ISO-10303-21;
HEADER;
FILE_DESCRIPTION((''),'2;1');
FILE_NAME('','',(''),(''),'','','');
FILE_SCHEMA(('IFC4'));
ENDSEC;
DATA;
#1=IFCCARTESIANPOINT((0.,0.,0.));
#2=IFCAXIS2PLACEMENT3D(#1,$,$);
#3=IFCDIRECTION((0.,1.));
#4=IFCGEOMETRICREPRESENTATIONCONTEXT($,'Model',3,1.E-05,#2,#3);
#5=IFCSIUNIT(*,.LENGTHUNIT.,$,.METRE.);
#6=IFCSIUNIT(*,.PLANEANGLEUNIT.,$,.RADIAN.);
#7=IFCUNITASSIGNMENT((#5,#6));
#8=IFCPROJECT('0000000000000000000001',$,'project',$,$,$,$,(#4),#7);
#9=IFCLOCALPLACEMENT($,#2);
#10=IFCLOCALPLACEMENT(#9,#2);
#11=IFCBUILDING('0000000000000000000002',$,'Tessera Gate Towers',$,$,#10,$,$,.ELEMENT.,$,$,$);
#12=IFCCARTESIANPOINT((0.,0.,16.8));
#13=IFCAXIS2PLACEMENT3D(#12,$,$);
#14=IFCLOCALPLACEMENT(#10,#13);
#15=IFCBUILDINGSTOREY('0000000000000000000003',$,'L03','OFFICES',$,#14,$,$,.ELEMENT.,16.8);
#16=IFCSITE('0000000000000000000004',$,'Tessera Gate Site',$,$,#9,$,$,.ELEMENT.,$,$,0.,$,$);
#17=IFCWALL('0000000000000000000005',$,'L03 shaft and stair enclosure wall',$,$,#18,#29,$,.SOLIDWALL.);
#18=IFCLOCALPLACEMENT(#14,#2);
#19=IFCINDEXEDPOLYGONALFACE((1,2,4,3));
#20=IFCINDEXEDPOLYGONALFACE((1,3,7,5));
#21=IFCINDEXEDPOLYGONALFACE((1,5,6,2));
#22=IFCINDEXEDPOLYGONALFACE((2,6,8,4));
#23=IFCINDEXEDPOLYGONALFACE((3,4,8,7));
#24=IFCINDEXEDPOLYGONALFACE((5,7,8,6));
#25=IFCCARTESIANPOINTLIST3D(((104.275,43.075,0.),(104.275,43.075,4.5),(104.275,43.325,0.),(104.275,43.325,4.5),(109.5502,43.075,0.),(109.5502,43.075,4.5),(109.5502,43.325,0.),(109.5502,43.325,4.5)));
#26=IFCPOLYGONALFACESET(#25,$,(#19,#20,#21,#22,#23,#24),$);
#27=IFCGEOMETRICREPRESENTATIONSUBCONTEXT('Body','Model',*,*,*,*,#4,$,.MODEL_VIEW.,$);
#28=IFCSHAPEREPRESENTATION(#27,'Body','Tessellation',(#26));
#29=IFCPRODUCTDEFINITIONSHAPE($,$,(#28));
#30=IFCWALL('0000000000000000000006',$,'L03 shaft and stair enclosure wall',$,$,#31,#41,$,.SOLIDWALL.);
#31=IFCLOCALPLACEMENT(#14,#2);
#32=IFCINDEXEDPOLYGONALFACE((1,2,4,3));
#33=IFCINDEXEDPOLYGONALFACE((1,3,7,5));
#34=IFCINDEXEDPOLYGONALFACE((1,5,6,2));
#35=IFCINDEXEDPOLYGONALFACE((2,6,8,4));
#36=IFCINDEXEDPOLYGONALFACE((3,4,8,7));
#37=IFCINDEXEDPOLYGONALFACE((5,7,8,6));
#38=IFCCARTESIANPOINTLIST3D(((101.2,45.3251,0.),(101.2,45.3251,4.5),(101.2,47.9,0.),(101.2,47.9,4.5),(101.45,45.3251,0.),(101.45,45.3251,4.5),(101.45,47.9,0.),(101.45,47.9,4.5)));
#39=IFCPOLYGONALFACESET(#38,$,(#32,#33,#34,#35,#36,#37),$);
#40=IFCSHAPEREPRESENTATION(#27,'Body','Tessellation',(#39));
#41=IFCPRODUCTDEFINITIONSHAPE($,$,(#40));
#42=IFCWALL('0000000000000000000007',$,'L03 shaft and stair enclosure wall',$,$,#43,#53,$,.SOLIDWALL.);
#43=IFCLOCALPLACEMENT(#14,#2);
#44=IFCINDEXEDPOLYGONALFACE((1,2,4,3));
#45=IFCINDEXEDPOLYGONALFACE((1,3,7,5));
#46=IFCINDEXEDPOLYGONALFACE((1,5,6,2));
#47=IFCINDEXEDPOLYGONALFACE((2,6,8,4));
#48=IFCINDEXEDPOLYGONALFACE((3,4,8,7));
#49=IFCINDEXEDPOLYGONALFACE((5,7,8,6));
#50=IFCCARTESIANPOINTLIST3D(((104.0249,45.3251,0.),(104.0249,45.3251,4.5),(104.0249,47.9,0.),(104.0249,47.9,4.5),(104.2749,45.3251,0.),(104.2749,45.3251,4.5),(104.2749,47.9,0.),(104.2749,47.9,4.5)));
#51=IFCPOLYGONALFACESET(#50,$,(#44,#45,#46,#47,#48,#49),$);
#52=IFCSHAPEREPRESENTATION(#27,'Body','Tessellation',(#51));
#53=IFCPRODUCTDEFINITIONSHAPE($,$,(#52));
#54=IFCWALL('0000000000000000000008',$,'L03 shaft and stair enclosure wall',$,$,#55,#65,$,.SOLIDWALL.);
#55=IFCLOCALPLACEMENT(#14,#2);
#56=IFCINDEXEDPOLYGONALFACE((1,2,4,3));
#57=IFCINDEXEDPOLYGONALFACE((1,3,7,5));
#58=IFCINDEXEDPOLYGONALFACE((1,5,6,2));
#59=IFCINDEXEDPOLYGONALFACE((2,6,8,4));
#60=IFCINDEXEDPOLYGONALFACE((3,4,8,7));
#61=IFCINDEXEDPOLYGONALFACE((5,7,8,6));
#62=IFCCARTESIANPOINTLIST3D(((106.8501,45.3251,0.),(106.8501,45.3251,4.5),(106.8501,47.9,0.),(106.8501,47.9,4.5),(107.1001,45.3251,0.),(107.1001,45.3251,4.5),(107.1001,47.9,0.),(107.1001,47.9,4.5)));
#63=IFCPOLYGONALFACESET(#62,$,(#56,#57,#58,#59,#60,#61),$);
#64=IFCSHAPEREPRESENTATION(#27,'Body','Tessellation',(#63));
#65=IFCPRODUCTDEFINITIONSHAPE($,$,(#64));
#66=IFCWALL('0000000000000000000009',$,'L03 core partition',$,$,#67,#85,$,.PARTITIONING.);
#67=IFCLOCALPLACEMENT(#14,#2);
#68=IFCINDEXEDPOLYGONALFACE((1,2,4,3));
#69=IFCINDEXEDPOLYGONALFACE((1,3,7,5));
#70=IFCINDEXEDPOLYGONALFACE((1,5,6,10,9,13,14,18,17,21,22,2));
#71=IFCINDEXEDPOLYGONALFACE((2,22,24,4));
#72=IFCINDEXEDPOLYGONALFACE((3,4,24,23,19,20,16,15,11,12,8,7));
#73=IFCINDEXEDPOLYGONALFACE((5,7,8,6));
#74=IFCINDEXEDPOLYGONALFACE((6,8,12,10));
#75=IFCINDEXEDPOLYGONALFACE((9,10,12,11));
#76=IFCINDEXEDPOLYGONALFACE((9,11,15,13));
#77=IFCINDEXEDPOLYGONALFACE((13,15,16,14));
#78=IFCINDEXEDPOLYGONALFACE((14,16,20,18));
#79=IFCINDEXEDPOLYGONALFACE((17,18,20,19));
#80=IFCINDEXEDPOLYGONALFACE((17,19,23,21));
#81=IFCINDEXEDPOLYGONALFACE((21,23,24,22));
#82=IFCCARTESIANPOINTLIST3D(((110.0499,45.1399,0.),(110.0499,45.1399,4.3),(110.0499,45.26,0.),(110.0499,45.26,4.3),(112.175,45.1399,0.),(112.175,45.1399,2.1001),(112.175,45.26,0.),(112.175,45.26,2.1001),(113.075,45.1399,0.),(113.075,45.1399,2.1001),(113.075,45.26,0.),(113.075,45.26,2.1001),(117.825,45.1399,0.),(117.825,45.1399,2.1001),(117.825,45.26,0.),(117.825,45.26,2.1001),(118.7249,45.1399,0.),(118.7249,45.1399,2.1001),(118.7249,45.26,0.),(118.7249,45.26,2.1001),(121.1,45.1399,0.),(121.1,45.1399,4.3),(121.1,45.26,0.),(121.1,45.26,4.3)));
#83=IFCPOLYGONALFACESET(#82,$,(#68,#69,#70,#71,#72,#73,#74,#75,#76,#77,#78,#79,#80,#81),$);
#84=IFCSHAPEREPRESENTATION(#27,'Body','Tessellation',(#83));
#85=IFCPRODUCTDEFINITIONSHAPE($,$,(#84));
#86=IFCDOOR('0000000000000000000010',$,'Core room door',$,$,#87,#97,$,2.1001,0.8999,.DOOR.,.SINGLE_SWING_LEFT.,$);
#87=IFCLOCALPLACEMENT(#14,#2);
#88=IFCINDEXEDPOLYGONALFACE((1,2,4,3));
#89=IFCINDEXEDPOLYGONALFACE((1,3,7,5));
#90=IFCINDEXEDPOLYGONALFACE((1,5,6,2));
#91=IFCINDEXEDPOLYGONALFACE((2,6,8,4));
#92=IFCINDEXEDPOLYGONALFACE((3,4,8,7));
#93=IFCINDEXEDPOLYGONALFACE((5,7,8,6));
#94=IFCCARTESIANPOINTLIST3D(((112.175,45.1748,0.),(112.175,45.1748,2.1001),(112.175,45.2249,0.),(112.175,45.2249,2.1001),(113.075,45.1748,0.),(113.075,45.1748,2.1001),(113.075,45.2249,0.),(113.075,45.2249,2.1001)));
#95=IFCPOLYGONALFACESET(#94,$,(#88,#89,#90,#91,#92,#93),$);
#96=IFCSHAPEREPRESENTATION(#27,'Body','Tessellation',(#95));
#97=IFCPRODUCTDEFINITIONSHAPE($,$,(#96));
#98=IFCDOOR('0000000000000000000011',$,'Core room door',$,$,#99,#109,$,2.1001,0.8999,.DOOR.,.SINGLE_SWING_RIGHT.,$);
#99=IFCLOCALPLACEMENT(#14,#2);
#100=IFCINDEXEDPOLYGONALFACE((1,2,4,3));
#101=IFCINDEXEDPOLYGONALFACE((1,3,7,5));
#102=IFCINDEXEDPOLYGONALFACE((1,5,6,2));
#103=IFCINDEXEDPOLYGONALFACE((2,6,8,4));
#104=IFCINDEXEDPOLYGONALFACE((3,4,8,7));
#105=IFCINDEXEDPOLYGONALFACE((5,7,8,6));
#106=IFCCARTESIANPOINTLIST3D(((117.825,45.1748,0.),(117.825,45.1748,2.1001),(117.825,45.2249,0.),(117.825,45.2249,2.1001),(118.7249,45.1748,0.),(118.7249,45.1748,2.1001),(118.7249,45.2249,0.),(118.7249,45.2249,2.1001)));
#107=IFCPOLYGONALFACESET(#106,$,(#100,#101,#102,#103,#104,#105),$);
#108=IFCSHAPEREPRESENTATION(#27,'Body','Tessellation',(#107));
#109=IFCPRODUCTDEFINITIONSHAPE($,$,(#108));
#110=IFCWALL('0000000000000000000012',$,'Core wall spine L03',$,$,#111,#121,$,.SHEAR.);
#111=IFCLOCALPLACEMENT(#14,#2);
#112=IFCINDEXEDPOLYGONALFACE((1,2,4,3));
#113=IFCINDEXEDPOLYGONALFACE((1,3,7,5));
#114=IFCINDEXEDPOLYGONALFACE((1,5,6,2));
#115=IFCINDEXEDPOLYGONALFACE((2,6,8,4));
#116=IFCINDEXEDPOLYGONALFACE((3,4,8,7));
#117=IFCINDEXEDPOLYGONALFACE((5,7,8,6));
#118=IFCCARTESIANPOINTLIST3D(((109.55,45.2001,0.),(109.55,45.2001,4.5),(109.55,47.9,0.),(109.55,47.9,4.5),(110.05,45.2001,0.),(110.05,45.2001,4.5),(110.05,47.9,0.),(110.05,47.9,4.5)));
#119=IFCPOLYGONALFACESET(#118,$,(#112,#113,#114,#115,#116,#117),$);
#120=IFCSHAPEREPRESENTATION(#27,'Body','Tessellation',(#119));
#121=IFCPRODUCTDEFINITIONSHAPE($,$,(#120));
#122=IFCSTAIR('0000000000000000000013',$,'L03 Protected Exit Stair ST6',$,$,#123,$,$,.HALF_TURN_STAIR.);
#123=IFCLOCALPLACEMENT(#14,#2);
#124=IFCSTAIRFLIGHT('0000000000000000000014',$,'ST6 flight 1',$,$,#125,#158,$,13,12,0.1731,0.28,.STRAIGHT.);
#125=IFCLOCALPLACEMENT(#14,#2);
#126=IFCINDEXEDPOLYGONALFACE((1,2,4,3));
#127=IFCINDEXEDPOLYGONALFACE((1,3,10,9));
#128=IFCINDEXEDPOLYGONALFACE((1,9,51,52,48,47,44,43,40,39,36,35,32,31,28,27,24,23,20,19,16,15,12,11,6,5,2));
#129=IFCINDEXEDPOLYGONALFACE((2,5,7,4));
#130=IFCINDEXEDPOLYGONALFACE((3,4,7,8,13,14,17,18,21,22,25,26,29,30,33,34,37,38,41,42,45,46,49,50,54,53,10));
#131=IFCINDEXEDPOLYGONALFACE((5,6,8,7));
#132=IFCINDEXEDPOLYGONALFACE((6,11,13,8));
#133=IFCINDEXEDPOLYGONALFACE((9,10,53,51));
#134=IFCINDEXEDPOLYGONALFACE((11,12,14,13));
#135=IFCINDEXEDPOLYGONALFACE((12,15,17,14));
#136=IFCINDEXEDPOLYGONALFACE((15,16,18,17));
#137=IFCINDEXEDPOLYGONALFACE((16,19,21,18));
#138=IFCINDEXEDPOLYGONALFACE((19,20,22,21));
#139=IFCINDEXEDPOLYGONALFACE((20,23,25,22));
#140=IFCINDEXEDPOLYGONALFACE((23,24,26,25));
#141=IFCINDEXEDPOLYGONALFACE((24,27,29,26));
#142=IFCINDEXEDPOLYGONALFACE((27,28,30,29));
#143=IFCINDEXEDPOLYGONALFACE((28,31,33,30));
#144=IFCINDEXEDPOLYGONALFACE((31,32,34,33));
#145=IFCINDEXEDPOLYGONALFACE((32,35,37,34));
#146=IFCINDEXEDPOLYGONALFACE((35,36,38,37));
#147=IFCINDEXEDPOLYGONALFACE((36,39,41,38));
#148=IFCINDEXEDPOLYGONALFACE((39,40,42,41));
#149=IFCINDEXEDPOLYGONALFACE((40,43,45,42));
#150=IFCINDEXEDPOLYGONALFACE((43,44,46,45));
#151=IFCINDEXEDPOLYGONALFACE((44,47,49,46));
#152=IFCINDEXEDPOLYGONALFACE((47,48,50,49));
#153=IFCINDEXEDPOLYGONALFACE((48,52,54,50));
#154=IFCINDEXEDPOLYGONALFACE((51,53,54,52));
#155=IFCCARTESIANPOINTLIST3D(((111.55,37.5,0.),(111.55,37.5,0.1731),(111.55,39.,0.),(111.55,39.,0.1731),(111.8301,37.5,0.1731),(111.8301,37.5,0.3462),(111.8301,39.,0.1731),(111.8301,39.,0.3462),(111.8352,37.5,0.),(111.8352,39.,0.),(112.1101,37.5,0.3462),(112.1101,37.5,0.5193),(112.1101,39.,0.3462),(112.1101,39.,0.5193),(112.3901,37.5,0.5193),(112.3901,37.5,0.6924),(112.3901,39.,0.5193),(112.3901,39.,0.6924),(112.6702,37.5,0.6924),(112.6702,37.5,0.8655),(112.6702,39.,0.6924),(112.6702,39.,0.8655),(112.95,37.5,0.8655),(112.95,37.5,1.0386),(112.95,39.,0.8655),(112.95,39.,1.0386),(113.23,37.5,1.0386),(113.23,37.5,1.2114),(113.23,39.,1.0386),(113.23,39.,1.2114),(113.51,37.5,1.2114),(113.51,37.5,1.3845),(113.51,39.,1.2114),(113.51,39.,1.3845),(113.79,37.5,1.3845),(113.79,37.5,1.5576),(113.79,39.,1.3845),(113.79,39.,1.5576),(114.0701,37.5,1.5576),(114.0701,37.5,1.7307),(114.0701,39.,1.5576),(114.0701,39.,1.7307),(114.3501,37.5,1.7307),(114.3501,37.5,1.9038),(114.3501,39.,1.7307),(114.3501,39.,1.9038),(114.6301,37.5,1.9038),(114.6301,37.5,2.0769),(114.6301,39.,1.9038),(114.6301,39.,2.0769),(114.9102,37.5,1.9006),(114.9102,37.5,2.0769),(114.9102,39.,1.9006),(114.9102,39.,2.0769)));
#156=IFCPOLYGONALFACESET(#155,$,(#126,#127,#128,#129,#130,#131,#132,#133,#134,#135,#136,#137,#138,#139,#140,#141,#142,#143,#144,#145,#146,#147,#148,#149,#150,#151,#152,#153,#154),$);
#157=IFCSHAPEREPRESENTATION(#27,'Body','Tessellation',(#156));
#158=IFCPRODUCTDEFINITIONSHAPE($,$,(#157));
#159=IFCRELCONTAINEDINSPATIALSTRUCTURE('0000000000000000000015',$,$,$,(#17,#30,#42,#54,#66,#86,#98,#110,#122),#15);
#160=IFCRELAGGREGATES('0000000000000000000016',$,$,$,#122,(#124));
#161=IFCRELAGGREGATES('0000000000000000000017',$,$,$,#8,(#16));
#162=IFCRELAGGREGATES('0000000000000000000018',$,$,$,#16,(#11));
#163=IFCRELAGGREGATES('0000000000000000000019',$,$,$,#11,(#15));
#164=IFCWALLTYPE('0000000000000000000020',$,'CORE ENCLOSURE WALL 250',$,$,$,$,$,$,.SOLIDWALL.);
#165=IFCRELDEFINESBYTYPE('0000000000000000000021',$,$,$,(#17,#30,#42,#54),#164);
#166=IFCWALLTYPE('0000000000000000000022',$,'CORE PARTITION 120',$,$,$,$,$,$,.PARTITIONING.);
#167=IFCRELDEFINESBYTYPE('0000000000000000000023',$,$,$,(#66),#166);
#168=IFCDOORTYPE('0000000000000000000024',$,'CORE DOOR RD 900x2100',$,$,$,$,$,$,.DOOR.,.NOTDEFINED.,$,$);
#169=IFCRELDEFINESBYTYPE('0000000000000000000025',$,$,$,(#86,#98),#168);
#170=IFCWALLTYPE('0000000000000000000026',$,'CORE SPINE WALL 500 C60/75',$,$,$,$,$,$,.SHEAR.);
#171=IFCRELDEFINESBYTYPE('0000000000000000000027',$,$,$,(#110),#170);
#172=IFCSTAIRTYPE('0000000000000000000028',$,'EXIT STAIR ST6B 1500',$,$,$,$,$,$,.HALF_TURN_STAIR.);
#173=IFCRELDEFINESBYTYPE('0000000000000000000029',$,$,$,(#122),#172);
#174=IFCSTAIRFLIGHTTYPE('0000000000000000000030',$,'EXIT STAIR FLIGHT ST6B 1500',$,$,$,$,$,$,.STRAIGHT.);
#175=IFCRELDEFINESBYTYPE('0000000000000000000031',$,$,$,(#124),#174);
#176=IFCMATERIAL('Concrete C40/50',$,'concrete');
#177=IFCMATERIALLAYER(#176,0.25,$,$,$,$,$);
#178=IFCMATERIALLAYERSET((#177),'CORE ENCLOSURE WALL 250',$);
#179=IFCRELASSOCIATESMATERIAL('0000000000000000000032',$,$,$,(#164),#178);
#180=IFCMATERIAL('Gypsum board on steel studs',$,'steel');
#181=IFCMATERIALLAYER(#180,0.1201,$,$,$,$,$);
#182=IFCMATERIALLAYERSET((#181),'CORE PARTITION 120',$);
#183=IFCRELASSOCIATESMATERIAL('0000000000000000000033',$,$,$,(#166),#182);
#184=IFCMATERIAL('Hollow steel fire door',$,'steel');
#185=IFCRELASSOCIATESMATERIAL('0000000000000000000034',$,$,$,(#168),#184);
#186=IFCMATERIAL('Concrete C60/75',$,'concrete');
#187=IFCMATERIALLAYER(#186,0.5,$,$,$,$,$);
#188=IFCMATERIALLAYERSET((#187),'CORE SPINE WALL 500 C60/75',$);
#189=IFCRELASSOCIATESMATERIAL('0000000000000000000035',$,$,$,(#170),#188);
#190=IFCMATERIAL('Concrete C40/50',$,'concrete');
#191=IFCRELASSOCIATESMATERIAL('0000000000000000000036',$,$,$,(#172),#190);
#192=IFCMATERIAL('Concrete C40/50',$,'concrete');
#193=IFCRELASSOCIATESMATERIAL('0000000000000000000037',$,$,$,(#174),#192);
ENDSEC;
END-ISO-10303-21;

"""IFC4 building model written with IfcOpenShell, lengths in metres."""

from ifc_helpers import new_model, si_unit, direction, frame, frame_2d, origin, place, context, subcontext, project, spatial, polyline, rectangle, outline, extrude, source, transform, mapped, material, layer, layer_set, type_object, element, fill, aggregate, save


model = new_model("IFC4")

# Units and contexts
model_context = context("Model", 3, precision=1e-05, world=origin(), true_north=direction((0.0, 1.0)))
body_context = subcontext(model_context, "Body", "Model", "MODEL_VIEW")
ifc_project = project(units=[si_unit("LENGTHUNIT", "METRE"), si_unit("PLANEANGLEUNIT", "RADIAN")], contexts=[model_context])

# Site, building, storey
site_placement = place(None, origin())
site = spatial("IfcSite", under=ifc_project, at=site_placement, Name="Tessera Gate Site", CompositionType="ELEMENT", RefElevation=0.0)
building_placement = place(site_placement, origin())
building = spatial("IfcBuilding", under=site, at=building_placement, Name="Tessera Gate Towers", CompositionType="ELEMENT")
storey_placement = place(building_placement, frame((0.0, 0.0, 16.8)))
storey = spatial("IfcBuildingStorey", under=building, at=storey_placement, Name="L03", Description="OFFICES", CompositionType="ELEMENT", Elevation=16.8)

# Shared definitions
ifc_material_1 = material(Name="Concrete C40/50", Category="concrete")
ifc_layer_1 = layer(ifc_material_1, 0.25)
ifc_layer_set_1 = layer_set([ifc_layer_1], Name="CORE ENCLOSURE WALL 250")
wall_type_1 = type_object("IfcWallType", Name="CORE ENCLOSURE WALL 250", PredefinedType="SOLIDWALL", material=ifc_layer_set_1)

# Walls
wall_1_placement = place(storey_placement, frame((104.2749, 43.2, 0.0), z_axis=(0.0, 0.0, 1.0), x_axis=(1.0, 0.0, 0.0)))
element("IfcWall", 1, at=wall_1_placement, inside=storey, type_object=wall_type_1, Name="L03 shaft and stair enclosure wall", PredefinedType="SOLIDWALL", context=body_context, shape_type="SweptSolid", body=[
    extrude(rectangle(XDim=5.2751, YDim=0.25, at=frame_2d((2.6377, 0.0))), origin(), (0.0, 0.0, 1.0), 4.5),
])
for number, where, z_axis, x_axis, name in (
    (2, (101.325, 45.325, 0.0), (0.0, 0.0, 1.0), (0.0, 1.0, 0.0), "L03 shaft and stair enclosure wall"),
    (3, (104.1499, 45.325, 0.0), (0.0, 0.0, 1.0), (0.0, 1.0, 0.0), "L03 shaft and stair enclosure wall"),
    (4, (106.9751, 45.325, 0.0), (0.0, 0.0, 1.0), (0.0, 1.0, 0.0), "L03 shaft and stair enclosure wall"),
):
    element("IfcWall", number, at=place(storey_placement, frame(where, z_axis=z_axis, x_axis=x_axis)), inside=storey, type_object=wall_type_1, Name=name, PredefinedType="SOLIDWALL", context=body_context, shape_type="SweptSolid", body=[
        extrude(rectangle(XDim=2.575, YDim=0.25, at=frame_2d((1.2876, 0.0))), origin(), (0.0, 0.0, 1.0), 4.5),
    ])

# Wall, openings, doors
ifc_material_2 = material(Name="Gypsum board on steel studs", Category="steel")
ifc_layer_2 = layer(ifc_material_2, 0.1201)
ifc_layer_set_2 = layer_set([ifc_layer_2], Name="CORE PARTITION 120")
wall_type_2 = type_object("IfcWallType", Name="CORE PARTITION 120", PredefinedType="PARTITIONING", material=ifc_layer_set_2)
wall_2_placement = place(storey_placement, frame((110.05, 45.2, 0.0), z_axis=(0.0, 0.0, 1.0), x_axis=(1.0, 0.0, 0.0)))
wall_2 = element("IfcWall", 5, at=wall_2_placement, inside=storey, type_object=wall_type_2, Name="L03 core partition", PredefinedType="PARTITIONING", context=body_context, shape_type="SweptSolid", body=[
    extrude(rectangle(XDim=11.05, YDim=0.1201, at=frame_2d((5.5249, 0.0))), origin(), (0.0, 0.0, 1.0), 4.3),
])
shared_shape_1 = source(origin(), body_context, "Body", "SweptSolid", [
    extrude(rectangle(XDim=0.8999, YDim=2.1001, at=frame_2d((0.45, 1.05))), frame((0.0, 0.0701, 0.0), z_axis=(0.0, -1.0, 0.0), x_axis=(1.0, 0.0, 0.0)), (0.0, 0.0, 1.0), 0.1401),
])
opening_1_placement = place(wall_2_placement, frame((2.125, 0.0, 0.0)))
opening_1 = element("IfcOpeningElement", 6, at=opening_1_placement, cuts=wall_2, PredefinedType="OPENING", context=body_context, shape_type="MappedRepresentation", body=[
    mapped(shared_shape_1, transform((0.0, 0.0, 0.0), scale=1.0)),
])
opening_2_placement = place(wall_2_placement, frame((7.7749, 0.0, 0.0)))
opening_2 = element("IfcOpeningElement", 7, at=opening_2_placement, cuts=wall_2, PredefinedType="OPENING", context=body_context, shape_type="MappedRepresentation", body=[
    mapped(shared_shape_1, transform((0.0, 0.0, 0.0), scale=1.0)),
])
ifc_material_3 = material(Name="Hollow steel fire door", Category="steel")
door_type_1 = type_object("IfcDoorType", Name="CORE DOOR RD 900x2100", OperationType="NOTDEFINED", PredefinedType="DOOR", material=ifc_material_3)
shared_shape_2 = source(origin(), body_context, "Body", "SweptSolid", [
    extrude(rectangle(XDim=0.8999, YDim=2.1001, at=frame_2d((0.45, 1.05))), frame((0.0, 0.0249, 0.0), z_axis=(0.0, -1.0, 0.0), x_axis=(1.0, 0.0, 0.0)), (0.0, 0.0, 1.0), 0.05),
])
door_1_placement = place(opening_1_placement, origin())
door_1 = element("IfcDoor", 8, at=door_1_placement, inside=storey, type_object=door_type_1, Name="Core room door", OperationType="SINGLE_SWING_LEFT", OverallHeight=2.1001, OverallWidth=0.8999, PredefinedType="DOOR", context=body_context, shape_type="MappedRepresentation", body=[
    mapped(shared_shape_2, transform((0.0, 0.0, 0.0), scale=1.0)),
])
fill(opening_1, door_1)
door_2_placement = place(opening_2_placement, origin())
door_2 = element("IfcDoor", 9, at=door_2_placement, inside=storey, type_object=door_type_1, Name="Core room door", OperationType="SINGLE_SWING_RIGHT", OverallHeight=2.1001, OverallWidth=0.8999, PredefinedType="DOOR", context=body_context, shape_type="MappedRepresentation", body=[
    mapped(shared_shape_2, transform((0.0, 0.0, 0.0), scale=1.0)),
])
fill(opening_2, door_2)

# Wall
ifc_material_4 = material(Name="Concrete C60/75", Category="concrete")
ifc_layer_3 = layer(ifc_material_4, 0.5)
ifc_layer_set_3 = layer_set([ifc_layer_3], Name="CORE SPINE WALL 500 C60/75")
wall_type_3 = type_object("IfcWallType", Name="CORE SPINE WALL 500 C60/75", PredefinedType="SHEAR", material=ifc_layer_set_3)
wall_3_placement = place(storey_placement, frame((109.8, 45.2, 0.0), z_axis=(0.0, 0.0, 1.0), x_axis=(0.0, 1.0, 0.0)))
element("IfcWall", 10, at=wall_3_placement, inside=storey, type_object=wall_type_3, Name="Core wall spine L03", PredefinedType="SHEAR", context=body_context, shape_type="SweptSolid", body=[
    extrude(rectangle(XDim=2.7, YDim=0.5, at=frame_2d((1.3501, 0.0))), origin(), (0.0, 0.0, 1.0), 4.5),
])

# Stair, stair flight
ifc_material_5 = material(Name="Concrete C40/50", Category="concrete")
stair_type = type_object("IfcStairType", Name="EXIT STAIR ST6B 1500", PredefinedType="HALF_TURN_STAIR", material=ifc_material_5)
stair_placement = place(storey_placement, origin())
stair = element("IfcStair", 11, at=stair_placement, inside=storey, type_object=stair_type, Name="L03 Protected Exit Stair ST6", PredefinedType="HALF_TURN_STAIR")
ifc_material_6 = material(Name="Concrete C40/50", Category="concrete")
stair_flight_type = type_object("IfcStairFlightType", Name="EXIT STAIR FLIGHT ST6B 1500", PredefinedType="STRAIGHT", material=ifc_material_6)
stair_flight_1_placement = place(storey_placement, frame((111.55, 38.25, 0.0), z_axis=(0.0, 0.0, 1.0), x_axis=(1.0, 0.0, 0.0)))
stair_flight_1 = element("IfcStairFlight", 12, at=stair_flight_1_placement, type_object=stair_flight_type, Name="ST6 flight 1", NumberOfRisers=13, NumberOfTreads=12, PredefinedType="STRAIGHT", RiserHeight=0.1731, TreadLength=0.28, context=body_context, shape_type="SweptSolid", body=[
    extrude(outline(polyline([(0.0, 0.0), (0.0, 0.1731), (0.28, 0.1731), (0.28, 0.3462), (0.5601, 0.3462), (0.5601, 0.5193), (0.8401, 0.5193), (0.8401, 0.6924), (1.1201, 0.6924), (1.1201, 0.8655), (1.3999, 0.8655), (1.3999, 1.0386), (1.6799, 1.0386), (1.6799, 1.2114), (1.96, 1.2114), (1.96, 1.3845), (2.24, 1.3845), (2.24, 1.5576), (2.52, 1.5576), (2.52, 1.7307), (2.8, 1.7307), (2.8, 1.9038), (3.0801, 1.9038), (3.0801, 2.0769), (3.3601, 2.0769), (3.3601, 2.25), (3.3601, 1.9006), (0.2852, 0.0), (0.0, 0.0)])), frame((0.0, 0.75, 0.0), z_axis=(0.0, -1.0, 0.0), x_axis=(1.0, 0.0, 0.0)), (0.0, 0.0, 1.0), 1.5),
])
aggregate(stair, [stair_flight_1])

save(model, "model.ifc")
